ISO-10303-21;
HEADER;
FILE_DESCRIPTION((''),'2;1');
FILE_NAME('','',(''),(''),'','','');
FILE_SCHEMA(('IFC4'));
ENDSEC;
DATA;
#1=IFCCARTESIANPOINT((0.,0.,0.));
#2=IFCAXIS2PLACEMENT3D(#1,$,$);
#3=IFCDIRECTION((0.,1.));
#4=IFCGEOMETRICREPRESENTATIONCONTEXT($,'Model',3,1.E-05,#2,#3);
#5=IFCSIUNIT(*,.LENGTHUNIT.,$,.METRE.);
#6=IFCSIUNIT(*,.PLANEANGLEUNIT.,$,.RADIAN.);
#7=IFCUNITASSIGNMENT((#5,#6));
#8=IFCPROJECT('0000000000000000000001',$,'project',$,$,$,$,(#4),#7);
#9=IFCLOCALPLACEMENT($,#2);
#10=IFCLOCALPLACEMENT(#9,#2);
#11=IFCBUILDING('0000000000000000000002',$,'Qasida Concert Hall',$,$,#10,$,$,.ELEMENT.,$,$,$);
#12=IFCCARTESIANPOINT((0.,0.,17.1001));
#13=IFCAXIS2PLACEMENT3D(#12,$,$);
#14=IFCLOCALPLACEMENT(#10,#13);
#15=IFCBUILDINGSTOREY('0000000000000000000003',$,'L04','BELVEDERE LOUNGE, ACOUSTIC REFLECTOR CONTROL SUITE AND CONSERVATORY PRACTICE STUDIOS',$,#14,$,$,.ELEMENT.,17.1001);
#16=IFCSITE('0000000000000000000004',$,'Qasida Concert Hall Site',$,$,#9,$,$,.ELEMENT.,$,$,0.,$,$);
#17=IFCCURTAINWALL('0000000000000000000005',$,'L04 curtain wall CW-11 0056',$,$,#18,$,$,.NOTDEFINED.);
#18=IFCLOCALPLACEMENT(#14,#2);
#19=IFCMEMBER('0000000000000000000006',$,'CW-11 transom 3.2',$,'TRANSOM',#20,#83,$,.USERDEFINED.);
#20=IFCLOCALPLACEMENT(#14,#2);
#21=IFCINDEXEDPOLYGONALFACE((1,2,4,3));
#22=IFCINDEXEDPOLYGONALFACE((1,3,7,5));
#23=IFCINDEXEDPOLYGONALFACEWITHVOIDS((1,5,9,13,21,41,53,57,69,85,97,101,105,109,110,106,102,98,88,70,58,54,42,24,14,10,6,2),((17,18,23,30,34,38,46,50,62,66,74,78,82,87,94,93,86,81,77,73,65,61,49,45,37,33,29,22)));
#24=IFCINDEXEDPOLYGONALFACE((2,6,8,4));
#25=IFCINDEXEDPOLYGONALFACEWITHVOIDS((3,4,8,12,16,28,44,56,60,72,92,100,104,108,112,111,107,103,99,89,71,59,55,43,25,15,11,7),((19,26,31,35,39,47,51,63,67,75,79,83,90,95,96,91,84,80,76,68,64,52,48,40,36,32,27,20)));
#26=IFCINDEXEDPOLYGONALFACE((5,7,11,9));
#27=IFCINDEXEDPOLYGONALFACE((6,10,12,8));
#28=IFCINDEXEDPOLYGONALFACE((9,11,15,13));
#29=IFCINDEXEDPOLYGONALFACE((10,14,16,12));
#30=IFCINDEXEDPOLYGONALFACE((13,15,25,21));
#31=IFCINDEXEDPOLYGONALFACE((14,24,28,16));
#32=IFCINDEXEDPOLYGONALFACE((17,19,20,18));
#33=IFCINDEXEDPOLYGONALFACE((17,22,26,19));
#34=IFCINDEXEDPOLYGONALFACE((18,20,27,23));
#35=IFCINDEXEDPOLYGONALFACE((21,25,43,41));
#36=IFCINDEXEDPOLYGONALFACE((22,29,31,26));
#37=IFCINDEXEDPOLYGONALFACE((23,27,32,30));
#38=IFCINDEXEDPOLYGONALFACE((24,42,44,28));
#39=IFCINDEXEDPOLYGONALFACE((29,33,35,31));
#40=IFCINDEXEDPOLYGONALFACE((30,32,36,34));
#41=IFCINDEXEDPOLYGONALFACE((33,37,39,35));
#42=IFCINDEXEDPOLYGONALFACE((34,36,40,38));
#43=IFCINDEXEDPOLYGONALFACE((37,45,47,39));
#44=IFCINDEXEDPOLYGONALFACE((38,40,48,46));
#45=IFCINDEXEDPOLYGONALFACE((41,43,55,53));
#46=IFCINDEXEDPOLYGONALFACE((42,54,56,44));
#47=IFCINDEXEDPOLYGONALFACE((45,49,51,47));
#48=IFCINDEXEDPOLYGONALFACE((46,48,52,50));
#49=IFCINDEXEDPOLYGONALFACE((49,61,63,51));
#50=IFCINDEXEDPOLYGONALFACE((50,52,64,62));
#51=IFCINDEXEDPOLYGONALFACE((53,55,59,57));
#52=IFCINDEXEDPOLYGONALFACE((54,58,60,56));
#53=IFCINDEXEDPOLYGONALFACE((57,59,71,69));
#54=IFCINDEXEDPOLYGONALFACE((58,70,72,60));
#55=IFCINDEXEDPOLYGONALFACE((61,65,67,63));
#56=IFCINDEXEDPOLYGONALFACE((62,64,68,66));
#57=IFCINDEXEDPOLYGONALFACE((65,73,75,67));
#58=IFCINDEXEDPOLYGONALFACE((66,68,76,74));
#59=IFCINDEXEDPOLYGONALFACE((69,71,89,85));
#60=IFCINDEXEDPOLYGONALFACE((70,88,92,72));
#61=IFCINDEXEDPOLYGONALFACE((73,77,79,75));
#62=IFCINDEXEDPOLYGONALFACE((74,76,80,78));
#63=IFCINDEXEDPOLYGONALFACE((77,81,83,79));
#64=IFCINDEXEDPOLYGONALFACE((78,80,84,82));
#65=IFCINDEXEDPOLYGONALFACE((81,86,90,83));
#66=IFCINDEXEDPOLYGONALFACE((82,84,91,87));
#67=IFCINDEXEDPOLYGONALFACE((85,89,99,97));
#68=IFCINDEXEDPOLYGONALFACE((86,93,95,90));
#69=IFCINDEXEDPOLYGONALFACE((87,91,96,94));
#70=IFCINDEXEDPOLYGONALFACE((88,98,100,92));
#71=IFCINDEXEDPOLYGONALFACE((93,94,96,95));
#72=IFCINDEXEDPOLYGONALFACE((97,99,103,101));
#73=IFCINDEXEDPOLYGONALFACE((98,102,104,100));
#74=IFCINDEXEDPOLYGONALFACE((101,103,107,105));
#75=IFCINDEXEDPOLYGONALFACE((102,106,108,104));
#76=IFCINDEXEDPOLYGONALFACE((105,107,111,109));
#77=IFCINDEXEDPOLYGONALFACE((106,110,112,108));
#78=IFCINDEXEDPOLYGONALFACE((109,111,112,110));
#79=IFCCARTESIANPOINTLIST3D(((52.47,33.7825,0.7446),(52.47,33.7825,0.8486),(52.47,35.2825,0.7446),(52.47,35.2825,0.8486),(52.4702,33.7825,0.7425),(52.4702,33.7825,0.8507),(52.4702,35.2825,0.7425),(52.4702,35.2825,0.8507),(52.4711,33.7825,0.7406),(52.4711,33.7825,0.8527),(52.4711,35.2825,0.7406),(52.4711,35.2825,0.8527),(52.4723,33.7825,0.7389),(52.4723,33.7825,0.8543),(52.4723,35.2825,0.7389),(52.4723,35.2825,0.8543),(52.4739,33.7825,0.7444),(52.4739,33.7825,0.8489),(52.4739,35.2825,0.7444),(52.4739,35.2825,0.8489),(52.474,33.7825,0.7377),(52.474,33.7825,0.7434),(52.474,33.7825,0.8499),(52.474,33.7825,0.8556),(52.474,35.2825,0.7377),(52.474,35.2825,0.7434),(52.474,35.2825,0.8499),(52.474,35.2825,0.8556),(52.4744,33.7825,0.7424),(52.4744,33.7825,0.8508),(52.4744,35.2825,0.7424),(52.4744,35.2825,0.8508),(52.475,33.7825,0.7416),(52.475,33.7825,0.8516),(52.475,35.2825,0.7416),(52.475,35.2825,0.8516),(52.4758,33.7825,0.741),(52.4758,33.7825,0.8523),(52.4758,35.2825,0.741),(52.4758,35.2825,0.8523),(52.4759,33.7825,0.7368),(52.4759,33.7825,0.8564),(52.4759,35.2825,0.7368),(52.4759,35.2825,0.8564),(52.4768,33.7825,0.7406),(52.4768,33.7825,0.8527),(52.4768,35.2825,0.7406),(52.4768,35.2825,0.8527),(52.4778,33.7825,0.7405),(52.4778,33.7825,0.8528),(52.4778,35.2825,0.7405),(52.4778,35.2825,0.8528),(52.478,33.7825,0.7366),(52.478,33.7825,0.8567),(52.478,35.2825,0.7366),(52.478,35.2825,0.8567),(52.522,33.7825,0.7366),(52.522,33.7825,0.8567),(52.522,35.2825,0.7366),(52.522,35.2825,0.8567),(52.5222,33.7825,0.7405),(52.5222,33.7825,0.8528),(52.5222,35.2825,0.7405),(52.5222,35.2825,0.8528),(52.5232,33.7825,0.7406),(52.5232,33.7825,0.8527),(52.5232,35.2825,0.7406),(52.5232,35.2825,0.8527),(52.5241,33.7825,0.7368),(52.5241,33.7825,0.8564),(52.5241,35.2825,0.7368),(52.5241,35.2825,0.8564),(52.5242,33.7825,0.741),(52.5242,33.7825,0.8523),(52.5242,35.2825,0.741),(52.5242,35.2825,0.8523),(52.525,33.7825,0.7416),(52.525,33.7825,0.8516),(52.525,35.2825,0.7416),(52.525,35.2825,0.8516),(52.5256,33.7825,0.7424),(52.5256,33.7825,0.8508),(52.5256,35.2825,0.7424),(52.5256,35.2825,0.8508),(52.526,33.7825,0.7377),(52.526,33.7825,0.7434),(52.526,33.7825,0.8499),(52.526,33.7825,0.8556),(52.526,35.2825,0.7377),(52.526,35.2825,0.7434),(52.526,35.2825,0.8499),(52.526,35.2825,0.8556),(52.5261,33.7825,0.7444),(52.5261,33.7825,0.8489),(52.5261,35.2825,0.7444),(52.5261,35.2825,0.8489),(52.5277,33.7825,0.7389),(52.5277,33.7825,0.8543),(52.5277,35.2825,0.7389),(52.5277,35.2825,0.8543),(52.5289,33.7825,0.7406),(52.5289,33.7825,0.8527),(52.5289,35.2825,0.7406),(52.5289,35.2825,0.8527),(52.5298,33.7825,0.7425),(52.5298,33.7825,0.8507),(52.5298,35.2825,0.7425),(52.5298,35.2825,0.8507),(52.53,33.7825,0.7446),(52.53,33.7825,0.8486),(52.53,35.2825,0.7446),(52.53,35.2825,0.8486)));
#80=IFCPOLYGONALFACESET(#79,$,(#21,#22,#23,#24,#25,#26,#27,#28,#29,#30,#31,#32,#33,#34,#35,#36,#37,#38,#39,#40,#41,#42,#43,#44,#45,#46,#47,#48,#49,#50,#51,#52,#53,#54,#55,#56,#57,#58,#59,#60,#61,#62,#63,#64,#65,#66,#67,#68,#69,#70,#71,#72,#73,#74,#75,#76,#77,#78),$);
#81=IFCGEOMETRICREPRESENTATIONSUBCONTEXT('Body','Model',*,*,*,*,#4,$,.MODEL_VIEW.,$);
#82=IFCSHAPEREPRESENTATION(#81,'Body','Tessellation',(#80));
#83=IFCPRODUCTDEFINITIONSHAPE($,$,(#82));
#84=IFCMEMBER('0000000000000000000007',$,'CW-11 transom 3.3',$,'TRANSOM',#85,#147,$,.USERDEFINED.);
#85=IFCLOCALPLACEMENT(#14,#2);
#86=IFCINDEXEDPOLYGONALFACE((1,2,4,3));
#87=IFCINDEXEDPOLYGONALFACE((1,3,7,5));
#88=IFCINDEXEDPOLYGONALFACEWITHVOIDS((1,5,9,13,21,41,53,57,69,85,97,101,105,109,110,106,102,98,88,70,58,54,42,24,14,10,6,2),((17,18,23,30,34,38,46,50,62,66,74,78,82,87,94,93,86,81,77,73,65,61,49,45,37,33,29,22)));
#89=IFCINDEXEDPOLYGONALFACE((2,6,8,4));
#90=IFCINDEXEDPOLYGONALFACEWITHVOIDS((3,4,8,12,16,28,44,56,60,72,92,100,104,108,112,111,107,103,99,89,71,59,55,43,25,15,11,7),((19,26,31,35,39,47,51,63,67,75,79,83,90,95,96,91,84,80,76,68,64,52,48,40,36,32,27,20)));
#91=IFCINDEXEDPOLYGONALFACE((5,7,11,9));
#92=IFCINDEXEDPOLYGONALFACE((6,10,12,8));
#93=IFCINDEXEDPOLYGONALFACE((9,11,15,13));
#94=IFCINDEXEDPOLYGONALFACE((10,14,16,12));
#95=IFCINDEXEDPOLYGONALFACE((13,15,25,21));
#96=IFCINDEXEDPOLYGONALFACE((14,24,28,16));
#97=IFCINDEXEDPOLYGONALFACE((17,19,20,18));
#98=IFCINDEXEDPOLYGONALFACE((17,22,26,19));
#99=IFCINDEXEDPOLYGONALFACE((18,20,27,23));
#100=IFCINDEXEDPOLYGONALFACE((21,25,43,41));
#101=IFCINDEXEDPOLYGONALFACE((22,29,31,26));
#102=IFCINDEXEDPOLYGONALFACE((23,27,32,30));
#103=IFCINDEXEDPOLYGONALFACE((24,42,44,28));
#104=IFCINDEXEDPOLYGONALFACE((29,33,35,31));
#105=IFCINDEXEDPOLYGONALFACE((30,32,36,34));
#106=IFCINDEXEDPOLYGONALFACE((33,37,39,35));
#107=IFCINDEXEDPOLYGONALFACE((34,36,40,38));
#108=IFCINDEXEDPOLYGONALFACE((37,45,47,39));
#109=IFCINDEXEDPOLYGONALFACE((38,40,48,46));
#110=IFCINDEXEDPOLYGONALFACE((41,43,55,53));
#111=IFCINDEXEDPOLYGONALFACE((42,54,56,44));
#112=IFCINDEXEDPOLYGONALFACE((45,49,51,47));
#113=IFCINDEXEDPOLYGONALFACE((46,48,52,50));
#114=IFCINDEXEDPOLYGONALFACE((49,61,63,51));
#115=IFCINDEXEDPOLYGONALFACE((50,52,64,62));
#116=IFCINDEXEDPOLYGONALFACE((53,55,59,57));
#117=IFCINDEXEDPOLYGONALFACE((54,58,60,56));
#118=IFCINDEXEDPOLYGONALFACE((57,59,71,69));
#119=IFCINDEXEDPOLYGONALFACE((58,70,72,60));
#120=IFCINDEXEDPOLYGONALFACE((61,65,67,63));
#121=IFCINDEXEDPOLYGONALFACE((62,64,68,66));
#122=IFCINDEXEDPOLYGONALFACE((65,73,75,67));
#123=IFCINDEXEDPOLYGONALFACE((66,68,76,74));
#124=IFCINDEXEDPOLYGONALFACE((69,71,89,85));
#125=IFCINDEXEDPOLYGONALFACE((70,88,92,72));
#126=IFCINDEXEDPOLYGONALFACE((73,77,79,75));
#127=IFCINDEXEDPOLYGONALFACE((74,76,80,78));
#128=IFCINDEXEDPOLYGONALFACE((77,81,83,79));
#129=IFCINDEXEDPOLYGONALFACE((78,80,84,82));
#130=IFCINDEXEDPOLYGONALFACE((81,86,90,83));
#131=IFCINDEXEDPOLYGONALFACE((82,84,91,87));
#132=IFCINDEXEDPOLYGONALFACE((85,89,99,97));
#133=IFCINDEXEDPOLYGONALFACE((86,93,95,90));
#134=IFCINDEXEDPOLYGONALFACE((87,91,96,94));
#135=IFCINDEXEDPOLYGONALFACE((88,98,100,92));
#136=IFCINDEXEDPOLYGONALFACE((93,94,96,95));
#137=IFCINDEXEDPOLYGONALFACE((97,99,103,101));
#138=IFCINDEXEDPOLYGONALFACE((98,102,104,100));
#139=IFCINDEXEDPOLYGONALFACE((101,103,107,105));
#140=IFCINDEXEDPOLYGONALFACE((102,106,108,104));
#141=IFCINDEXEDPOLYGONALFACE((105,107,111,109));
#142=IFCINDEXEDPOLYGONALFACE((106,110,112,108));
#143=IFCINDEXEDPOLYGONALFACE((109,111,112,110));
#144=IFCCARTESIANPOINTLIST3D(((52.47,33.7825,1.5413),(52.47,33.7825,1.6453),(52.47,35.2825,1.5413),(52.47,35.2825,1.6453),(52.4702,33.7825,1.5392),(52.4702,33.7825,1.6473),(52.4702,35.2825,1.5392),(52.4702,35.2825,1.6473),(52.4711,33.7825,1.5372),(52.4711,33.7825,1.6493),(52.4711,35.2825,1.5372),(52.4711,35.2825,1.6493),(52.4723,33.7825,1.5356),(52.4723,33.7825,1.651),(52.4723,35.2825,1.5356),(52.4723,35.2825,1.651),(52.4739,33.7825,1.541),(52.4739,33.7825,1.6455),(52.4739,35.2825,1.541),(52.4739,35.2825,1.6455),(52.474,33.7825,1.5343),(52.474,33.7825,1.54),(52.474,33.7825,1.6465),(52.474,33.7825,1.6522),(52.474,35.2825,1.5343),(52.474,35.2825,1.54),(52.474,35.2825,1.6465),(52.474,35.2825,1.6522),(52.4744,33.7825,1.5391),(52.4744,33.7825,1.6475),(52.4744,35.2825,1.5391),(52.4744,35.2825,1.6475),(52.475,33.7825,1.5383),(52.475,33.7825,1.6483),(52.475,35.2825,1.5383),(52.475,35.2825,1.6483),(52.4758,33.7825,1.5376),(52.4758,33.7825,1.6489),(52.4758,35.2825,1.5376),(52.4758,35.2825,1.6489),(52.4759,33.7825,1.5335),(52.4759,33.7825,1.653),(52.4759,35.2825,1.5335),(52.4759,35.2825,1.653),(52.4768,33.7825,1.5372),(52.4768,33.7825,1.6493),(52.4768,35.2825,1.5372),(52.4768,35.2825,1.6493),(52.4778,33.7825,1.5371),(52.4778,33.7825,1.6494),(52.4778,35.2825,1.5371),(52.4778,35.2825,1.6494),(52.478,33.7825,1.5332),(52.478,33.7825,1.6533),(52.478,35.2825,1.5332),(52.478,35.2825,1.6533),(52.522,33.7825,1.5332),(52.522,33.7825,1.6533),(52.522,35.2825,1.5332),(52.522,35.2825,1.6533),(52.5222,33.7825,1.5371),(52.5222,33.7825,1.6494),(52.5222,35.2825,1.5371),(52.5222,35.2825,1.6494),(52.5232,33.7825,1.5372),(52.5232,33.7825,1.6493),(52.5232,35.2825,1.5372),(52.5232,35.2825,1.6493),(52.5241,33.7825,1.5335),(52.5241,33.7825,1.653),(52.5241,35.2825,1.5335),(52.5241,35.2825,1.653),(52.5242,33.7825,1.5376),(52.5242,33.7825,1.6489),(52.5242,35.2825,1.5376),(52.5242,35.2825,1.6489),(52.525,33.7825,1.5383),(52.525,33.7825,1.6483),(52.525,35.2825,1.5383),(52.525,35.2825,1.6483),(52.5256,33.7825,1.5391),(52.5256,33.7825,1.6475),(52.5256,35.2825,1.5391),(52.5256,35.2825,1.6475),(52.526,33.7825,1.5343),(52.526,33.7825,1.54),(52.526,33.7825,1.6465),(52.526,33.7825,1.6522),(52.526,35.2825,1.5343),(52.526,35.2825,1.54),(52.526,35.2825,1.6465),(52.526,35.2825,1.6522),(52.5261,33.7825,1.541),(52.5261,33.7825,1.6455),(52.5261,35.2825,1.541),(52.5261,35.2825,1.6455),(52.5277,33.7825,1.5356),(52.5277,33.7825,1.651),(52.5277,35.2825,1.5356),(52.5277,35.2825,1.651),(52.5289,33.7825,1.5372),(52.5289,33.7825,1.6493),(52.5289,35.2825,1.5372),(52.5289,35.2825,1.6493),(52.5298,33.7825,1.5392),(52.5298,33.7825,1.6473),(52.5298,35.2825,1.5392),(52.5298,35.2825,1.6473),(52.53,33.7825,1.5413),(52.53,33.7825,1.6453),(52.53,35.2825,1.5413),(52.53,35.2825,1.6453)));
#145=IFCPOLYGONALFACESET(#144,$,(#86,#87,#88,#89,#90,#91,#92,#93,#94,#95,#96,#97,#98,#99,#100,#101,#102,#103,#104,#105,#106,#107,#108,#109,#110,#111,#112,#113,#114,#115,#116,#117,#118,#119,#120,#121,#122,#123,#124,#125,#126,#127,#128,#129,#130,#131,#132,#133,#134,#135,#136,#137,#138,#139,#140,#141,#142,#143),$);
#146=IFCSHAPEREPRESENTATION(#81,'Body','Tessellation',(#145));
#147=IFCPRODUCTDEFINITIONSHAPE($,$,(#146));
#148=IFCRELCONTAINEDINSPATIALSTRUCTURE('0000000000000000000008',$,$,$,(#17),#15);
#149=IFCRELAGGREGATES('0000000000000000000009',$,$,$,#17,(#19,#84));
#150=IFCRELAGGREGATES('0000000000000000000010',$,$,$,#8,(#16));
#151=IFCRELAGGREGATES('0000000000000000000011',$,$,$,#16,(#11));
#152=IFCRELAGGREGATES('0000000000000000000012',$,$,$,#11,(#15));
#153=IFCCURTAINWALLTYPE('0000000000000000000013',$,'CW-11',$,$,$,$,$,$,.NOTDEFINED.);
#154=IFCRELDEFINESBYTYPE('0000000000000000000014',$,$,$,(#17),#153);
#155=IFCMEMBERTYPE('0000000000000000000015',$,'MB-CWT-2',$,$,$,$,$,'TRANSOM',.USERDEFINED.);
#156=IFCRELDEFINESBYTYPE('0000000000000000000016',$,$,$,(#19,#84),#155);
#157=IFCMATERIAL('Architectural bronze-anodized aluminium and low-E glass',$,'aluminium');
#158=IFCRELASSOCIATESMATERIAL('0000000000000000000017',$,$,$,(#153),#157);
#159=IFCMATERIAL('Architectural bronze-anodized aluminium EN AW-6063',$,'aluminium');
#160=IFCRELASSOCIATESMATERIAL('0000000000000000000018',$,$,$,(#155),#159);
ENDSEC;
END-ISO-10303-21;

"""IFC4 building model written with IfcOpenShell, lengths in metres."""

from ifc_helpers import new_model, si_unit, direction, frame, origin, origin_2d, place, context, subcontext, project, spatial, hollow_rectangle, extrude, material, material_profile, profile_set, type_object, element, aggregate, save


model = new_model("IFC4")

# Units and contexts
model_context = context("Model", 3, precision=1e-05, world=origin(), true_north=direction((0.0, 1.0)))
body_context = subcontext(model_context, "Body", "Model", "MODEL_VIEW")
ifc_project = project(units=[si_unit("LENGTHUNIT", "METRE"), si_unit("PLANEANGLEUNIT", "RADIAN")], contexts=[model_context])

# Site, building, storey
site_placement = place(None, origin())
site = spatial("IfcSite", under=ifc_project, at=site_placement, Name="Qasida Concert Hall Site", CompositionType="ELEMENT", RefElevation=0.0)
building_placement = place(site_placement, origin())
building = spatial("IfcBuilding", under=site, at=building_placement, Name="Qasida Concert Hall", CompositionType="ELEMENT")
storey_placement = place(building_placement, frame((0.0, 0.0, 17.1001)))
storey = spatial("IfcBuildingStorey", under=building, at=storey_placement, Name="L04", Description="BELVEDERE LOUNGE, ACOUSTIC REFLECTOR CONTROL SUITE AND CONSERVATORY PRACTICE STUDIOS", CompositionType="ELEMENT", Elevation=17.1001)

# Curtain wall
ifc_material_1 = material(Name="Architectural bronze-anodized aluminium and low-E glass", Category="aluminium")
curtain_wall_type_1 = type_object("IfcCurtainWallType", Name="CW-11", PredefinedType="NOTDEFINED", material=ifc_material_1)
curtain_wall_1_placement = place(storey_placement, origin())
curtain_wall_1 = element("IfcCurtainWall", 1, at=curtain_wall_1_placement, inside=storey, type_object=curtain_wall_type_1, Name="L04 curtain wall CW-11 0056", PredefinedType="NOTDEFINED")
ifc_material_2 = material(Name="Architectural bronze-anodized aluminium EN AW-6063", Category="aluminium")

# Members
ifc_material_profile_1 = material_profile(ifc_material_2, hollow_rectangle(XDim=0.0601, YDim=0.1201, WallThickness=0.0039, InnerFilletRadius=0.0039, OuterFilletRadius=0.0081, at=origin_2d()), Name="CWT 120x60x4")
ifc_profile_set_1 = profile_set([ifc_material_profile_1], Name="Architectural bronze-anodized aluminium EN AW-6063")
member_type_1 = type_object("IfcMemberType", Name="MB-CWT-2", ElementType="TRANSOM", PredefinedType="USERDEFINED", material=ifc_profile_set_1)
member_1_placement = place(storey_placement, frame((52.5, 33.7825, 0.7966), z_axis=(0.0, 1.0, 0.0), x_axis=(-1.0, 0.0, 0.0)))
member_1 = element("IfcMember", 2, at=member_1_placement, type_object=member_type_1, Name="CW-11 transom 3.2", ObjectType="TRANSOM", PredefinedType="USERDEFINED", context=body_context, shape_type="SweptSolid", body=[
    extrude(hollow_rectangle(XDim=0.0601, YDim=0.1201, WallThickness=0.0039, InnerFilletRadius=0.0039, OuterFilletRadius=0.0081, at=origin_2d()), origin(), (0.0, 0.0, 1.0), 1.5),
])
member_2_placement = place(storey_placement, frame((52.5, 33.7825, 1.5933), z_axis=(0.0, 1.0, 0.0), x_axis=(-1.0, 0.0, 0.0)))
member_2 = element("IfcMember", 3, at=member_2_placement, type_object=member_type_1, Name="CW-11 transom 3.3", ObjectType="TRANSOM", PredefinedType="USERDEFINED", context=body_context, shape_type="SweptSolid", body=[
    extrude(hollow_rectangle(XDim=0.0601, YDim=0.1201, WallThickness=0.0039, InnerFilletRadius=0.0039, OuterFilletRadius=0.0081, at=origin_2d()), origin(), (0.0, 0.0, 1.0), 1.5),
])

aggregate(curtain_wall_1, [member_1, member_2])

save(model, "model.ifc")
